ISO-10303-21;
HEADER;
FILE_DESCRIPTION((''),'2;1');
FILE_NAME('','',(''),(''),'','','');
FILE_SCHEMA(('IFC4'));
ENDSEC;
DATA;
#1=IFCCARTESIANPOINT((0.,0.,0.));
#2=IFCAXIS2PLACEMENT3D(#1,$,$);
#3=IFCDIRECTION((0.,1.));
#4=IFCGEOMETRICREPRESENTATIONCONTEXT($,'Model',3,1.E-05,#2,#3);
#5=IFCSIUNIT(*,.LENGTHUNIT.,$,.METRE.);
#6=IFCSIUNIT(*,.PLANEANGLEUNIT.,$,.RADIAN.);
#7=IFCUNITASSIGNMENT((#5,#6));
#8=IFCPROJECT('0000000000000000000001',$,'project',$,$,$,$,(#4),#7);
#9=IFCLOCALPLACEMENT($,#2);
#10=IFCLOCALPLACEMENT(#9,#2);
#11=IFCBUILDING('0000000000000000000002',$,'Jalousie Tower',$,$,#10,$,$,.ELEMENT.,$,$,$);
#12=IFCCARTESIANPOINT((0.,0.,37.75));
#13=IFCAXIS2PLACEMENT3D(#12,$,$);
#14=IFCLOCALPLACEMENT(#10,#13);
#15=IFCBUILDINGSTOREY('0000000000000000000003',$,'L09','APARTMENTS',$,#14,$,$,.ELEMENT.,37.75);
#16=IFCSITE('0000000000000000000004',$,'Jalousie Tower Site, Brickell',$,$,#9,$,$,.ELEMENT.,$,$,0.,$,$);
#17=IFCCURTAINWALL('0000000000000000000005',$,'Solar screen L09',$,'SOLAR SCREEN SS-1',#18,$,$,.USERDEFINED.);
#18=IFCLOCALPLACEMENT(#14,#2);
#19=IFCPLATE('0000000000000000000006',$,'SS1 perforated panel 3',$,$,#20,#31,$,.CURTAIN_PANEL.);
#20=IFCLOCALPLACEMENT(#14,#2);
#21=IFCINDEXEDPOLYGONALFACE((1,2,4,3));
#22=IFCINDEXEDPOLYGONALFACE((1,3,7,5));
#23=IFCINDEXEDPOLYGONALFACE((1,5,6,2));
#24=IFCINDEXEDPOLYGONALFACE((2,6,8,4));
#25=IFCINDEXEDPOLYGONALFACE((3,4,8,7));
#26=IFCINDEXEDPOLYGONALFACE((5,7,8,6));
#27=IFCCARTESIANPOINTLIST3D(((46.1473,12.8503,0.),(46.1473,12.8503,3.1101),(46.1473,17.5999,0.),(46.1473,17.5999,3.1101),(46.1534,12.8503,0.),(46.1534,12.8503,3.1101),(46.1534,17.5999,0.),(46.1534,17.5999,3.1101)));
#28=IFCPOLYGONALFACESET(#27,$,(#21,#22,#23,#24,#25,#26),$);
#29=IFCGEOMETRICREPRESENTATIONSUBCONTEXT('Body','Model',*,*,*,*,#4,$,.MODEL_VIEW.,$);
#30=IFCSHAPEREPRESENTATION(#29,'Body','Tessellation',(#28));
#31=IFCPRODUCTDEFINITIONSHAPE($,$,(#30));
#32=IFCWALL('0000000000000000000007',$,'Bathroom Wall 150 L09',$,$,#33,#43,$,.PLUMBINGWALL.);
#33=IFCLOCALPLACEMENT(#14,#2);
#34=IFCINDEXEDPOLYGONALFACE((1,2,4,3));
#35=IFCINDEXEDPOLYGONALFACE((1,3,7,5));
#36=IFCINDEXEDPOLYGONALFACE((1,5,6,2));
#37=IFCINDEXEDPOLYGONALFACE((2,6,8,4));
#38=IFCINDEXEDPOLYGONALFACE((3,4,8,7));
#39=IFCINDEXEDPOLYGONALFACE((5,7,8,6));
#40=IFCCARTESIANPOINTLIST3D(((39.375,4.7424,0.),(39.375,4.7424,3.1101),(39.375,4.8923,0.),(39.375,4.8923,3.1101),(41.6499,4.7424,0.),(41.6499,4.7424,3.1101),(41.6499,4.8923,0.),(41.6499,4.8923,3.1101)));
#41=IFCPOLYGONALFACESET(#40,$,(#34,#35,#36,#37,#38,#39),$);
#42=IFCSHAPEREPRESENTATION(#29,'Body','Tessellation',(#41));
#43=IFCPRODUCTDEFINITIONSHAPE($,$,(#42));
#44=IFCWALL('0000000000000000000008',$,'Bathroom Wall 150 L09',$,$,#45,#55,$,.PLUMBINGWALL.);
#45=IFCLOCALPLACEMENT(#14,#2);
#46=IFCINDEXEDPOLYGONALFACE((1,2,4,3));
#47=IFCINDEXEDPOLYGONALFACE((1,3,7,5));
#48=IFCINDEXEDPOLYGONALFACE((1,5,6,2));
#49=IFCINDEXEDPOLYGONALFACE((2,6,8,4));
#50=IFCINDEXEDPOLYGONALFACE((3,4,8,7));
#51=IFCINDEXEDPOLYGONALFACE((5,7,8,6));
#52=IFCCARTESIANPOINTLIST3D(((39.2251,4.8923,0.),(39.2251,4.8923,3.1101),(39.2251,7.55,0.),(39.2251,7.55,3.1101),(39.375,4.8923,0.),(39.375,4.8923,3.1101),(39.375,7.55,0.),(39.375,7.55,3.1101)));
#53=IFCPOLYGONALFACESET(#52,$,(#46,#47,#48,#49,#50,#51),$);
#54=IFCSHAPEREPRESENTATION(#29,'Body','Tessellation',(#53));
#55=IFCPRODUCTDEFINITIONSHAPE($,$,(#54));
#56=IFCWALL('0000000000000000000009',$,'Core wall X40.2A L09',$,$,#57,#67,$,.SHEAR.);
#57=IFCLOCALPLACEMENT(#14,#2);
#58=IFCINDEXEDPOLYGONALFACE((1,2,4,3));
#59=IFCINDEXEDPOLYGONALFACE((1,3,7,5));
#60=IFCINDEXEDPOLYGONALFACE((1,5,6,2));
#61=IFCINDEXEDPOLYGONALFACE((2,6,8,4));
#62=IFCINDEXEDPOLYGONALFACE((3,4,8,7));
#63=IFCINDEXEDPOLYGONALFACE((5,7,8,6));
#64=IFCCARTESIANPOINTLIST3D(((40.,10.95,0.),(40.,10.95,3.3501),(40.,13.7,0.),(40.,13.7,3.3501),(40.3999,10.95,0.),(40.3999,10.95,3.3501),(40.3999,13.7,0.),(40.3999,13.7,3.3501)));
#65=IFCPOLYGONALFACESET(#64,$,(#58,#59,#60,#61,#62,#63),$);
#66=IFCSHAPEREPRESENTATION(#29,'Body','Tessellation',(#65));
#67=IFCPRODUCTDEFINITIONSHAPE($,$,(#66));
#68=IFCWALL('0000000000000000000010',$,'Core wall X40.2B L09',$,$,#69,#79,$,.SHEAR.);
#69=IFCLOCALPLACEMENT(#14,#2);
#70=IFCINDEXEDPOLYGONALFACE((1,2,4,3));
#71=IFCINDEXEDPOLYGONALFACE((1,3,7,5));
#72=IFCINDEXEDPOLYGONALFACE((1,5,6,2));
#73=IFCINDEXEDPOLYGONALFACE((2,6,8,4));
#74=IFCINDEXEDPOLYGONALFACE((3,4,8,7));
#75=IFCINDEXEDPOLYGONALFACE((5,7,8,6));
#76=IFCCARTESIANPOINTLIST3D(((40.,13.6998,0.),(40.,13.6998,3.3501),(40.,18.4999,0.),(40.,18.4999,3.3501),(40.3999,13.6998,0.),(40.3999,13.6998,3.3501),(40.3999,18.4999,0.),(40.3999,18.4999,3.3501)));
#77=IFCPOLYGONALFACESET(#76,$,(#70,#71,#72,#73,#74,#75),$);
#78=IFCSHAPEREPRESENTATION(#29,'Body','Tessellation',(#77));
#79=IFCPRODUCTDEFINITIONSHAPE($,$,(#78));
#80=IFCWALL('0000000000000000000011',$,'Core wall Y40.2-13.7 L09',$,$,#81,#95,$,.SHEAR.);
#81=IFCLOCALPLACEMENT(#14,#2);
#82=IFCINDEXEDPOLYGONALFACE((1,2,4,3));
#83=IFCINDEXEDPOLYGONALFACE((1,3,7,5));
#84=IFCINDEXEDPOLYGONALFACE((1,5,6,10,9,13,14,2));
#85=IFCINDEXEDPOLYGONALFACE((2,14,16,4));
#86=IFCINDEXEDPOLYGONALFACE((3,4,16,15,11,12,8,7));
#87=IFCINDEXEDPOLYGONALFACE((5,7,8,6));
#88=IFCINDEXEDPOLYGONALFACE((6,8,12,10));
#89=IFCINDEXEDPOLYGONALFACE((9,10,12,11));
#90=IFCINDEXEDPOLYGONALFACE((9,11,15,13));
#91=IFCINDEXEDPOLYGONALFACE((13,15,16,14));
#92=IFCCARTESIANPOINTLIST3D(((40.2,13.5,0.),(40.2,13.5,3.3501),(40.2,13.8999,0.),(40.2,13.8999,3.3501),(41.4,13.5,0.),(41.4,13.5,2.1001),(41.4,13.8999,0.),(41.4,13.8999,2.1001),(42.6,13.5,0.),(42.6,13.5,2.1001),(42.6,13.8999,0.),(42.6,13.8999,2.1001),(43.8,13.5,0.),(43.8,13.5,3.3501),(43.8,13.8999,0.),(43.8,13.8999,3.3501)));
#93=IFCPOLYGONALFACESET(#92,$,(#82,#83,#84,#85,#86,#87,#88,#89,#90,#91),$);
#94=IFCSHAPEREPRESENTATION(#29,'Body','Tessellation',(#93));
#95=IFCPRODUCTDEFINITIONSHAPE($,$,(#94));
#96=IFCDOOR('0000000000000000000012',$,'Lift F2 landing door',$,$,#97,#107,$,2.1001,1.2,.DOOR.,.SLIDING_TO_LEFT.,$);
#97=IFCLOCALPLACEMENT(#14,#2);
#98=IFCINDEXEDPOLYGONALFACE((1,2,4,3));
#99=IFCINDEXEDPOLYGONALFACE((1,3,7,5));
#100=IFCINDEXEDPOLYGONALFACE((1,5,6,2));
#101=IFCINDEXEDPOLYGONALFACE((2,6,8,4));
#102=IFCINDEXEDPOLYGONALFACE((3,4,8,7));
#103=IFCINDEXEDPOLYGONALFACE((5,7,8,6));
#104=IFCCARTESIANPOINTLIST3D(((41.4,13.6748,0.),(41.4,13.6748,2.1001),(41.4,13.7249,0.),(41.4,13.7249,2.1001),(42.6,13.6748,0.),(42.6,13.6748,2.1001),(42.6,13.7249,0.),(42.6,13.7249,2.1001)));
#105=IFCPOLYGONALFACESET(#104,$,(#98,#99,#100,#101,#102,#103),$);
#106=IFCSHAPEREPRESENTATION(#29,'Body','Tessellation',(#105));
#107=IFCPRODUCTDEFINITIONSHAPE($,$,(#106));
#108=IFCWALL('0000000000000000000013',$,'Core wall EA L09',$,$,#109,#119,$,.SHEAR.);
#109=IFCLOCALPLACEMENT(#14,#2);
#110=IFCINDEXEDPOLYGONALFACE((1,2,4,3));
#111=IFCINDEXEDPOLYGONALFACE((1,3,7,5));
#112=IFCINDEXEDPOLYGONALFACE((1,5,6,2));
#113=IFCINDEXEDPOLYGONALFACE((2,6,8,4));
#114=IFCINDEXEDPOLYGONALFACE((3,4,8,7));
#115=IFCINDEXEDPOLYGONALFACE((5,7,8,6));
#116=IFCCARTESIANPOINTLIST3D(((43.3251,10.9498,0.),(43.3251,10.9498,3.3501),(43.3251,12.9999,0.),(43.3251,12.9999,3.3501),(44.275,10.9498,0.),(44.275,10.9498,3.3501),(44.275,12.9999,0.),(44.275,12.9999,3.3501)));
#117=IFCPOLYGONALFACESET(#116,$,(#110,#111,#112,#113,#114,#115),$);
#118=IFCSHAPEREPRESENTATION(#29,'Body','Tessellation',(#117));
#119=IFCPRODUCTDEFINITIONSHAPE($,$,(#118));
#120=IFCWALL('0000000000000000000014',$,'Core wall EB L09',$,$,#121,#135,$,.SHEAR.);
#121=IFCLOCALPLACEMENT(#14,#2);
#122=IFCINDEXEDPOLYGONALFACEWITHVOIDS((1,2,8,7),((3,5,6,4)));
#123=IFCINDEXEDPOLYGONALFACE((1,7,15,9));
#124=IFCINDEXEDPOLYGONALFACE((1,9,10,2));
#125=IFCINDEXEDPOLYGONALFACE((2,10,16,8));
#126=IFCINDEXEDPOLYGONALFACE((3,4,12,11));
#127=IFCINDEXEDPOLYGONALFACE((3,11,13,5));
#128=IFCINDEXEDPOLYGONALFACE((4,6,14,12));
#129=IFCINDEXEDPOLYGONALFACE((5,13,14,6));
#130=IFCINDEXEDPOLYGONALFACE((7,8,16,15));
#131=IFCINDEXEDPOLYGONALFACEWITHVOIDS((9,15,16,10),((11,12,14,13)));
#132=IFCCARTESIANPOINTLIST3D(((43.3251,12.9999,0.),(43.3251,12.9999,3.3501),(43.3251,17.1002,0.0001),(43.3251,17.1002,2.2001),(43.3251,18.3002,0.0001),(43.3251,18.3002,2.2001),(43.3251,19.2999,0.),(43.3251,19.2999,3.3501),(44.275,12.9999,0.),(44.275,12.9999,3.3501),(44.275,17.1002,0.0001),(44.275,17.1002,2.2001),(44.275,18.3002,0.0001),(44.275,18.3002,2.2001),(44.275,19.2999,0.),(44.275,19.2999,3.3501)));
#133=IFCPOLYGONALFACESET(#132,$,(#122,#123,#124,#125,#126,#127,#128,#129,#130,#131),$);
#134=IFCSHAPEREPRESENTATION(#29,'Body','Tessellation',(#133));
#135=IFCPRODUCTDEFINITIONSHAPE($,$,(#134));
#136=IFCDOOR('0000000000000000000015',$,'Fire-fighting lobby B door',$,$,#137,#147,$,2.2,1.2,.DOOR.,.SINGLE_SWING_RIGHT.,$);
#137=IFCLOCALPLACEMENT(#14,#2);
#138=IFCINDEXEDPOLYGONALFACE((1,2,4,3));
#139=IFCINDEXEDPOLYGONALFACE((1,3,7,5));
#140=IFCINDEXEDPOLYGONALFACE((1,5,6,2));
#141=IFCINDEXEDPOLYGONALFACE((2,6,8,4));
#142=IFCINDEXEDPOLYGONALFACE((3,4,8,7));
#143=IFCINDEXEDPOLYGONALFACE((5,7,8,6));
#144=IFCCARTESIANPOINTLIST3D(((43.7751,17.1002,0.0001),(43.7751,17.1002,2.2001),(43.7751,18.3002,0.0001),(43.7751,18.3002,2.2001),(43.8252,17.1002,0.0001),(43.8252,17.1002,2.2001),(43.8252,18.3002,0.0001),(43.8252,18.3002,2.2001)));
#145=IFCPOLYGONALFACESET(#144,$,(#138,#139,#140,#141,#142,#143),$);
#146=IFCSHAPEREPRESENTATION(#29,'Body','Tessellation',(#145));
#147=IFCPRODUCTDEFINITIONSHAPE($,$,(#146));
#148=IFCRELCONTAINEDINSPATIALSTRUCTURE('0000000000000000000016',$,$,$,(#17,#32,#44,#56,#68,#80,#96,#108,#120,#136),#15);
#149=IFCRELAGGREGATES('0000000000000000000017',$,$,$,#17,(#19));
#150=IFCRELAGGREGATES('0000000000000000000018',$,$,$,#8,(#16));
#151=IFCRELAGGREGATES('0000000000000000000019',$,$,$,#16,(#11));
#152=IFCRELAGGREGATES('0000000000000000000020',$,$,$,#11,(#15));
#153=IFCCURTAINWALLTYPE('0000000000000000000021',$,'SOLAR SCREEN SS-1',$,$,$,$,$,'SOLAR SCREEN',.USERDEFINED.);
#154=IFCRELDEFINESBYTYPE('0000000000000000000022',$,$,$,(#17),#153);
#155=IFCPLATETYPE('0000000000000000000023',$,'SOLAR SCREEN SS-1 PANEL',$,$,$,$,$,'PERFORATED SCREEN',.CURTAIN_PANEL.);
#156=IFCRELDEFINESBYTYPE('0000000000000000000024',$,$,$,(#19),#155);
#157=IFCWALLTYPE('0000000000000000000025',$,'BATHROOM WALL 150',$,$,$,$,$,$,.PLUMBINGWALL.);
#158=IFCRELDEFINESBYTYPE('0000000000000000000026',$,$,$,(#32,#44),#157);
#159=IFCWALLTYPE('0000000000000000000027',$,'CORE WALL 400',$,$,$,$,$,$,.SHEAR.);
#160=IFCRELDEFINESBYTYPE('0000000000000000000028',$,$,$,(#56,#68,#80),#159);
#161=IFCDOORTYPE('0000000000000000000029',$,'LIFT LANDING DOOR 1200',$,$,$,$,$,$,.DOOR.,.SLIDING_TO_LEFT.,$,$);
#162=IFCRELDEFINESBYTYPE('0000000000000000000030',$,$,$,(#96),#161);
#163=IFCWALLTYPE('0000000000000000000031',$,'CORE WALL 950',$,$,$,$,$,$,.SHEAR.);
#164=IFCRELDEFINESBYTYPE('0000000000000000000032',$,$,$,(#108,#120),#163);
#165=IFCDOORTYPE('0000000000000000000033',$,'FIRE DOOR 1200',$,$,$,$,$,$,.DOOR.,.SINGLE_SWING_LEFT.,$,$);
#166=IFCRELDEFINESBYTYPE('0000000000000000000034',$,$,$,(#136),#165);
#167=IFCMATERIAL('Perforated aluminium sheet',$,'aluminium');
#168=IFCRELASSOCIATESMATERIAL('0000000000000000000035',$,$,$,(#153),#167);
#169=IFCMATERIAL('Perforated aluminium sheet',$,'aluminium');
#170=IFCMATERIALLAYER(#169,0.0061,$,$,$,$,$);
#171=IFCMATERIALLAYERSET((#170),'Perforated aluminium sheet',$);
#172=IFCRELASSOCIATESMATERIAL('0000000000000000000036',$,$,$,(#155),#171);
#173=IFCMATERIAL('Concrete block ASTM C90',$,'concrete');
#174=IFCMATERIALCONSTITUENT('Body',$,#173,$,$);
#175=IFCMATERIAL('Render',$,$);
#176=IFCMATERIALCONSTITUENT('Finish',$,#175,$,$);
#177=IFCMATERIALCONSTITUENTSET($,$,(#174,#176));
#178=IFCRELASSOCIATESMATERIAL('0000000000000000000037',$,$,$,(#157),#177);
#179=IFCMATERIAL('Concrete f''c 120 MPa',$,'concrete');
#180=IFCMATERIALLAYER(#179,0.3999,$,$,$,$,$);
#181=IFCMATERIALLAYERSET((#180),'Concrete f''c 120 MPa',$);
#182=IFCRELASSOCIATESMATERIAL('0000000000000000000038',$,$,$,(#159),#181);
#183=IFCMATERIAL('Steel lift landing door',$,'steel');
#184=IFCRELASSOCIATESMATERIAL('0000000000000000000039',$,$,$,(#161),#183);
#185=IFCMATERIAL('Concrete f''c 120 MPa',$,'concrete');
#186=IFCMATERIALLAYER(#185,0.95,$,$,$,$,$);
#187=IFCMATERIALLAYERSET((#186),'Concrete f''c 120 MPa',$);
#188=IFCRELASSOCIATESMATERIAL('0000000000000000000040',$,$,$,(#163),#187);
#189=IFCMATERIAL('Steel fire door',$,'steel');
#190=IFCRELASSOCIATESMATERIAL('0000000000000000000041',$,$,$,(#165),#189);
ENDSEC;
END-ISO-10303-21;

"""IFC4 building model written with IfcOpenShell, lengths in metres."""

from ifc_helpers import new_model, si_unit, direction, frame, frame_2d, origin, origin_2d, place, context, subcontext, project, spatial, rectangle, extrude, material, layer, layer_set, constituent, constituent_set, type_object, element, fill, aggregate, save


model = new_model("IFC4")

# Units and contexts
model_context = context("Model", 3, precision=1e-05, world=origin(), true_north=direction((0.0, 1.0)))
body_context = subcontext(model_context, "Body", "Model", "MODEL_VIEW")
ifc_project = project(units=[si_unit("LENGTHUNIT", "METRE"), si_unit("PLANEANGLEUNIT", "RADIAN")], contexts=[model_context])

# Site, building, storey
site_placement = place(None, origin())
site = spatial("IfcSite", under=ifc_project, at=site_placement, Name="Jalousie Tower Site, Brickell", CompositionType="ELEMENT", RefElevation=0.0)
building_placement = place(site_placement, origin())
building = spatial("IfcBuilding", under=site, at=building_placement, Name="Jalousie Tower", CompositionType="ELEMENT")
storey_placement = place(building_placement, frame((0.0, 0.0, 37.75)))
storey = spatial("IfcBuildingStorey", under=building, at=storey_placement, Name="L09", Description="APARTMENTS", CompositionType="ELEMENT", Elevation=37.75)

# Curtain wall, plate
ifc_material_1 = material(Name="Perforated aluminium sheet", Category="aluminium")
curtain_wall_type = type_object("IfcCurtainWallType", Name="SOLAR SCREEN SS-1", ElementType="SOLAR SCREEN", PredefinedType="USERDEFINED", material=ifc_material_1)
curtain_wall_placement = place(storey_placement, origin())
curtain_wall = element("IfcCurtainWall", 1, at=curtain_wall_placement, inside=storey, type_object=curtain_wall_type, Name="Solar screen L09", ObjectType="SOLAR SCREEN SS-1", PredefinedType="USERDEFINED")
ifc_material_2 = material(Name="Perforated aluminium sheet", Category="aluminium")
ifc_layer_1 = layer(ifc_material_2, 0.0061)
ifc_layer_set_1 = layer_set([ifc_layer_1], Name="Perforated aluminium sheet")
plate_type = type_object("IfcPlateType", Name="SOLAR SCREEN SS-1 PANEL", ElementType="PERFORATED SCREEN", PredefinedType="CURTAIN_PANEL", material=ifc_layer_set_1)
plate_1_placement = place(storey_placement, frame((46.1504, 15.2251, 0.0), z_axis=(0.0, 0.0, 1.0), x_axis=(0.0, 1.0, 0.0)))
plate_1 = element("IfcPlate", 2, at=plate_1_placement, type_object=plate_type, Name="SS1 perforated panel 3", PredefinedType="CURTAIN_PANEL", context=body_context, shape_type="SweptSolid", body=[
    extrude(rectangle(XDim=4.7495, YDim=0.0061, at=origin_2d()), origin(), (0.0, 0.0, 1.0), 3.1101),
])
aggregate(curtain_wall, [plate_1])

# Walls
ifc_material_3 = material(Name="Concrete block ASTM C90", Category="concrete")
ifc_constituent_1 = constituent(ifc_material_3, Name="Body")
ifc_material_4 = material(Name="Render")
ifc_constituent_2 = constituent(ifc_material_4, Name="Finish")
ifc_constituent_set_1 = constituent_set(constituents=[ifc_constituent_1, ifc_constituent_2])
wall_type_1 = type_object("IfcWallType", Name="BATHROOM WALL 150", PredefinedType="PLUMBINGWALL", material=ifc_constituent_set_1)
wall_1_placement = place(storey_placement, frame((39.375, 4.8174, 0.0), z_axis=(0.0, 0.0, 1.0), x_axis=(1.0, 0.0, 0.0)))
element("IfcWall", 3, at=wall_1_placement, inside=storey, type_object=wall_type_1, Name="Bathroom Wall 150 L09", PredefinedType="PLUMBINGWALL", context=body_context, shape_type="SweptSolid", body=[
    extrude(rectangle(XDim=2.2749, YDim=0.1499, at=frame_2d((1.1375, 0.0))), origin(), (0.0, 0.0, 1.0), 3.1101),
])
wall_2_placement = place(storey_placement, frame((39.3, 4.8923, 0.0), z_axis=(0.0, 0.0, 1.0), x_axis=(0.0, 1.0, 0.0)))
element("IfcWall", 4, at=wall_2_placement, inside=storey, type_object=wall_type_1, Name="Bathroom Wall 150 L09", PredefinedType="PLUMBINGWALL", context=body_context, shape_type="SweptSolid", body=[
    extrude(rectangle(XDim=2.6577, YDim=0.1499, at=frame_2d((1.3289, 0.0))), origin(), (0.0, 0.0, 1.0), 3.1101),
])
ifc_material_5 = material(Name="Concrete f'c 120 MPa", Category="concrete")
ifc_layer_2 = layer(ifc_material_5, 0.3999)
ifc_layer_set_2 = layer_set([ifc_layer_2], Name="Concrete f'c 120 MPa")
wall_type_2 = type_object("IfcWallType", Name="CORE WALL 400", PredefinedType="SHEAR", material=ifc_layer_set_2)
wall_3_placement = place(storey_placement, frame((40.2, 10.95, 0.0), z_axis=(0.0, 0.0, 1.0), x_axis=(0.0, 1.0, 0.0)))
element("IfcWall", 5, at=wall_3_placement, inside=storey, type_object=wall_type_2, Name="Core wall X40.2A L09", PredefinedType="SHEAR", context=body_context, shape_type="SweptSolid", body=[
    extrude(rectangle(XDim=2.75, YDim=0.3999, at=frame_2d((1.375, 0.0))), origin(), (0.0, 0.0, 1.0), 3.3501),
])
wall_4_placement = place(storey_placement, frame((40.2, 13.7, 0.0), z_axis=(0.0, 0.0, 1.0), x_axis=(0.0, 1.0, 0.0)))
element("IfcWall", 6, at=wall_4_placement, inside=storey, type_object=wall_type_2, Name="Core wall X40.2B L09", PredefinedType="SHEAR", context=body_context, shape_type="SweptSolid", body=[
    extrude(rectangle(XDim=4.8, YDim=0.3999, at=frame_2d((2.3999, 0.0))), origin(), (0.0, 0.0, 1.0), 3.3501),
])

# Wall, opening, door
wall_5_placement = place(storey_placement, frame((40.2, 13.7, 0.0), z_axis=(0.0, 0.0, 1.0), x_axis=(1.0, 0.0, 0.0)))
wall_5 = element("IfcWall", 7, at=wall_5_placement, inside=storey, type_object=wall_type_2, Name="Core wall Y40.2-13.7 L09", PredefinedType="SHEAR", context=body_context, shape_type="SweptSolid", body=[
    extrude(rectangle(XDim=3.6001, YDim=0.3999, at=frame_2d((1.8, 0.0))), origin(), (0.0, 0.0, 1.0), 3.3501),
])
opening_1_placement = place(wall_5_placement, frame((1.2, 0.0, 0.0)))
opening_1 = element("IfcOpeningElement", 8, at=opening_1_placement, cuts=wall_5, PredefinedType="OPENING", context=body_context, shape_type="SweptSolid", body=[
    extrude(rectangle(XDim=1.2, YDim=2.1001, at=frame_2d((0.6001, 1.05))), frame((0.0, 0.21, 0.0), z_axis=(0.0, -1.0, 0.0), x_axis=(1.0, 0.0, 0.0)), (0.0, 0.0, 1.0), 0.4199),
])
ifc_material_6 = material(Name="Steel lift landing door", Category="steel")
door_type_1 = type_object("IfcDoorType", Name="LIFT LANDING DOOR 1200", OperationType="SLIDING_TO_LEFT", PredefinedType="DOOR", material=ifc_material_6)
door_1_placement = place(opening_1_placement, origin())
door_1 = element("IfcDoor", 9, at=door_1_placement, inside=storey, type_object=door_type_1, Name="Lift F2 landing door", OperationType="SLIDING_TO_LEFT", OverallHeight=2.1001, OverallWidth=1.2, PredefinedType="DOOR", context=body_context, shape_type="SweptSolid", body=[
    extrude(rectangle(XDim=1.2, YDim=2.1001, at=frame_2d((0.6001, 1.05))), frame((0.0, 0.0249, 0.0), z_axis=(0.0, -1.0, 0.0), x_axis=(1.0, 0.0, 0.0)), (0.0, 0.0, 1.0), 0.05),
])
fill(opening_1, door_1)

# Wall
ifc_material_7 = material(Name="Concrete f'c 120 MPa", Category="concrete")
ifc_layer_3 = layer(ifc_material_7, 0.95)
ifc_layer_set_3 = layer_set([ifc_layer_3], Name="Concrete f'c 120 MPa")
wall_type_3 = type_object("IfcWallType", Name="CORE WALL 950", PredefinedType="SHEAR", material=ifc_layer_set_3)
wall_6_placement = place(storey_placement, frame((43.8, 10.95, 0.0), z_axis=(0.0, 0.0, 1.0), x_axis=(0.0, 1.0, 0.0)))
element("IfcWall", 10, at=wall_6_placement, inside=storey, type_object=wall_type_3, Name="Core wall EA L09", PredefinedType="SHEAR", context=body_context, shape_type="SweptSolid", body=[
    extrude(rectangle(XDim=2.05, YDim=0.95, at=frame_2d((1.0249, 0.0))), origin(), (0.0, 0.0, 1.0), 3.3501),
])

# Wall, opening, door
wall_7_placement = place(storey_placement, frame((43.8, 13.0, 0.0), z_axis=(0.0, 0.0, 1.0), x_axis=(0.0, 1.0, 0.0)))
wall_7 = element("IfcWall", 11, at=wall_7_placement, inside=storey, type_object=wall_type_3, Name="Core wall EB L09", PredefinedType="SHEAR", context=body_context, shape_type="SweptSolid", body=[
    extrude(rectangle(XDim=6.3, YDim=0.95, at=frame_2d((3.1499, 0.0))), origin(), (0.0, 0.0, 1.0), 3.3501),
])
opening_2_placement = place(wall_7_placement, frame((4.1001, 0.0, 0.0)))
opening_2 = element("IfcOpeningElement", 12, at=opening_2_placement, cuts=wall_7, PredefinedType="OPENING", context=body_context, shape_type="SweptSolid", body=[
    extrude(rectangle(XDim=1.2, YDim=2.2, at=frame_2d((0.6001, 1.1001))), frame((0.0, 0.4849, 0.0), z_axis=(0.0, -1.0, 0.0), x_axis=(1.0, 0.0, 0.0)), (0.0, 0.0, 1.0), 0.97),
])
ifc_material_8 = material(Name="Steel fire door", Category="steel")
door_type_2 = type_object("IfcDoorType", Name="FIRE DOOR 1200", OperationType="SINGLE_SWING_LEFT", PredefinedType="DOOR", material=ifc_material_8)
door_2_placement = place(opening_2_placement, origin())
door_2 = element("IfcDoor", 13, at=door_2_placement, inside=storey, type_object=door_type_2, Name="Fire-fighting lobby B door", OperationType="SINGLE_SWING_RIGHT", OverallHeight=2.2, OverallWidth=1.2, PredefinedType="DOOR", context=body_context, shape_type="SweptSolid", body=[
    extrude(rectangle(XDim=1.2, YDim=2.2, at=frame_2d((0.6001, 1.1001))), frame((0.0, 0.0249, 0.0), z_axis=(0.0, -1.0, 0.0), x_axis=(1.0, 0.0, 0.0)), (0.0, 0.0, 1.0), 0.05),
])
fill(opening_2, door_2)

save(model, "model.ifc")
